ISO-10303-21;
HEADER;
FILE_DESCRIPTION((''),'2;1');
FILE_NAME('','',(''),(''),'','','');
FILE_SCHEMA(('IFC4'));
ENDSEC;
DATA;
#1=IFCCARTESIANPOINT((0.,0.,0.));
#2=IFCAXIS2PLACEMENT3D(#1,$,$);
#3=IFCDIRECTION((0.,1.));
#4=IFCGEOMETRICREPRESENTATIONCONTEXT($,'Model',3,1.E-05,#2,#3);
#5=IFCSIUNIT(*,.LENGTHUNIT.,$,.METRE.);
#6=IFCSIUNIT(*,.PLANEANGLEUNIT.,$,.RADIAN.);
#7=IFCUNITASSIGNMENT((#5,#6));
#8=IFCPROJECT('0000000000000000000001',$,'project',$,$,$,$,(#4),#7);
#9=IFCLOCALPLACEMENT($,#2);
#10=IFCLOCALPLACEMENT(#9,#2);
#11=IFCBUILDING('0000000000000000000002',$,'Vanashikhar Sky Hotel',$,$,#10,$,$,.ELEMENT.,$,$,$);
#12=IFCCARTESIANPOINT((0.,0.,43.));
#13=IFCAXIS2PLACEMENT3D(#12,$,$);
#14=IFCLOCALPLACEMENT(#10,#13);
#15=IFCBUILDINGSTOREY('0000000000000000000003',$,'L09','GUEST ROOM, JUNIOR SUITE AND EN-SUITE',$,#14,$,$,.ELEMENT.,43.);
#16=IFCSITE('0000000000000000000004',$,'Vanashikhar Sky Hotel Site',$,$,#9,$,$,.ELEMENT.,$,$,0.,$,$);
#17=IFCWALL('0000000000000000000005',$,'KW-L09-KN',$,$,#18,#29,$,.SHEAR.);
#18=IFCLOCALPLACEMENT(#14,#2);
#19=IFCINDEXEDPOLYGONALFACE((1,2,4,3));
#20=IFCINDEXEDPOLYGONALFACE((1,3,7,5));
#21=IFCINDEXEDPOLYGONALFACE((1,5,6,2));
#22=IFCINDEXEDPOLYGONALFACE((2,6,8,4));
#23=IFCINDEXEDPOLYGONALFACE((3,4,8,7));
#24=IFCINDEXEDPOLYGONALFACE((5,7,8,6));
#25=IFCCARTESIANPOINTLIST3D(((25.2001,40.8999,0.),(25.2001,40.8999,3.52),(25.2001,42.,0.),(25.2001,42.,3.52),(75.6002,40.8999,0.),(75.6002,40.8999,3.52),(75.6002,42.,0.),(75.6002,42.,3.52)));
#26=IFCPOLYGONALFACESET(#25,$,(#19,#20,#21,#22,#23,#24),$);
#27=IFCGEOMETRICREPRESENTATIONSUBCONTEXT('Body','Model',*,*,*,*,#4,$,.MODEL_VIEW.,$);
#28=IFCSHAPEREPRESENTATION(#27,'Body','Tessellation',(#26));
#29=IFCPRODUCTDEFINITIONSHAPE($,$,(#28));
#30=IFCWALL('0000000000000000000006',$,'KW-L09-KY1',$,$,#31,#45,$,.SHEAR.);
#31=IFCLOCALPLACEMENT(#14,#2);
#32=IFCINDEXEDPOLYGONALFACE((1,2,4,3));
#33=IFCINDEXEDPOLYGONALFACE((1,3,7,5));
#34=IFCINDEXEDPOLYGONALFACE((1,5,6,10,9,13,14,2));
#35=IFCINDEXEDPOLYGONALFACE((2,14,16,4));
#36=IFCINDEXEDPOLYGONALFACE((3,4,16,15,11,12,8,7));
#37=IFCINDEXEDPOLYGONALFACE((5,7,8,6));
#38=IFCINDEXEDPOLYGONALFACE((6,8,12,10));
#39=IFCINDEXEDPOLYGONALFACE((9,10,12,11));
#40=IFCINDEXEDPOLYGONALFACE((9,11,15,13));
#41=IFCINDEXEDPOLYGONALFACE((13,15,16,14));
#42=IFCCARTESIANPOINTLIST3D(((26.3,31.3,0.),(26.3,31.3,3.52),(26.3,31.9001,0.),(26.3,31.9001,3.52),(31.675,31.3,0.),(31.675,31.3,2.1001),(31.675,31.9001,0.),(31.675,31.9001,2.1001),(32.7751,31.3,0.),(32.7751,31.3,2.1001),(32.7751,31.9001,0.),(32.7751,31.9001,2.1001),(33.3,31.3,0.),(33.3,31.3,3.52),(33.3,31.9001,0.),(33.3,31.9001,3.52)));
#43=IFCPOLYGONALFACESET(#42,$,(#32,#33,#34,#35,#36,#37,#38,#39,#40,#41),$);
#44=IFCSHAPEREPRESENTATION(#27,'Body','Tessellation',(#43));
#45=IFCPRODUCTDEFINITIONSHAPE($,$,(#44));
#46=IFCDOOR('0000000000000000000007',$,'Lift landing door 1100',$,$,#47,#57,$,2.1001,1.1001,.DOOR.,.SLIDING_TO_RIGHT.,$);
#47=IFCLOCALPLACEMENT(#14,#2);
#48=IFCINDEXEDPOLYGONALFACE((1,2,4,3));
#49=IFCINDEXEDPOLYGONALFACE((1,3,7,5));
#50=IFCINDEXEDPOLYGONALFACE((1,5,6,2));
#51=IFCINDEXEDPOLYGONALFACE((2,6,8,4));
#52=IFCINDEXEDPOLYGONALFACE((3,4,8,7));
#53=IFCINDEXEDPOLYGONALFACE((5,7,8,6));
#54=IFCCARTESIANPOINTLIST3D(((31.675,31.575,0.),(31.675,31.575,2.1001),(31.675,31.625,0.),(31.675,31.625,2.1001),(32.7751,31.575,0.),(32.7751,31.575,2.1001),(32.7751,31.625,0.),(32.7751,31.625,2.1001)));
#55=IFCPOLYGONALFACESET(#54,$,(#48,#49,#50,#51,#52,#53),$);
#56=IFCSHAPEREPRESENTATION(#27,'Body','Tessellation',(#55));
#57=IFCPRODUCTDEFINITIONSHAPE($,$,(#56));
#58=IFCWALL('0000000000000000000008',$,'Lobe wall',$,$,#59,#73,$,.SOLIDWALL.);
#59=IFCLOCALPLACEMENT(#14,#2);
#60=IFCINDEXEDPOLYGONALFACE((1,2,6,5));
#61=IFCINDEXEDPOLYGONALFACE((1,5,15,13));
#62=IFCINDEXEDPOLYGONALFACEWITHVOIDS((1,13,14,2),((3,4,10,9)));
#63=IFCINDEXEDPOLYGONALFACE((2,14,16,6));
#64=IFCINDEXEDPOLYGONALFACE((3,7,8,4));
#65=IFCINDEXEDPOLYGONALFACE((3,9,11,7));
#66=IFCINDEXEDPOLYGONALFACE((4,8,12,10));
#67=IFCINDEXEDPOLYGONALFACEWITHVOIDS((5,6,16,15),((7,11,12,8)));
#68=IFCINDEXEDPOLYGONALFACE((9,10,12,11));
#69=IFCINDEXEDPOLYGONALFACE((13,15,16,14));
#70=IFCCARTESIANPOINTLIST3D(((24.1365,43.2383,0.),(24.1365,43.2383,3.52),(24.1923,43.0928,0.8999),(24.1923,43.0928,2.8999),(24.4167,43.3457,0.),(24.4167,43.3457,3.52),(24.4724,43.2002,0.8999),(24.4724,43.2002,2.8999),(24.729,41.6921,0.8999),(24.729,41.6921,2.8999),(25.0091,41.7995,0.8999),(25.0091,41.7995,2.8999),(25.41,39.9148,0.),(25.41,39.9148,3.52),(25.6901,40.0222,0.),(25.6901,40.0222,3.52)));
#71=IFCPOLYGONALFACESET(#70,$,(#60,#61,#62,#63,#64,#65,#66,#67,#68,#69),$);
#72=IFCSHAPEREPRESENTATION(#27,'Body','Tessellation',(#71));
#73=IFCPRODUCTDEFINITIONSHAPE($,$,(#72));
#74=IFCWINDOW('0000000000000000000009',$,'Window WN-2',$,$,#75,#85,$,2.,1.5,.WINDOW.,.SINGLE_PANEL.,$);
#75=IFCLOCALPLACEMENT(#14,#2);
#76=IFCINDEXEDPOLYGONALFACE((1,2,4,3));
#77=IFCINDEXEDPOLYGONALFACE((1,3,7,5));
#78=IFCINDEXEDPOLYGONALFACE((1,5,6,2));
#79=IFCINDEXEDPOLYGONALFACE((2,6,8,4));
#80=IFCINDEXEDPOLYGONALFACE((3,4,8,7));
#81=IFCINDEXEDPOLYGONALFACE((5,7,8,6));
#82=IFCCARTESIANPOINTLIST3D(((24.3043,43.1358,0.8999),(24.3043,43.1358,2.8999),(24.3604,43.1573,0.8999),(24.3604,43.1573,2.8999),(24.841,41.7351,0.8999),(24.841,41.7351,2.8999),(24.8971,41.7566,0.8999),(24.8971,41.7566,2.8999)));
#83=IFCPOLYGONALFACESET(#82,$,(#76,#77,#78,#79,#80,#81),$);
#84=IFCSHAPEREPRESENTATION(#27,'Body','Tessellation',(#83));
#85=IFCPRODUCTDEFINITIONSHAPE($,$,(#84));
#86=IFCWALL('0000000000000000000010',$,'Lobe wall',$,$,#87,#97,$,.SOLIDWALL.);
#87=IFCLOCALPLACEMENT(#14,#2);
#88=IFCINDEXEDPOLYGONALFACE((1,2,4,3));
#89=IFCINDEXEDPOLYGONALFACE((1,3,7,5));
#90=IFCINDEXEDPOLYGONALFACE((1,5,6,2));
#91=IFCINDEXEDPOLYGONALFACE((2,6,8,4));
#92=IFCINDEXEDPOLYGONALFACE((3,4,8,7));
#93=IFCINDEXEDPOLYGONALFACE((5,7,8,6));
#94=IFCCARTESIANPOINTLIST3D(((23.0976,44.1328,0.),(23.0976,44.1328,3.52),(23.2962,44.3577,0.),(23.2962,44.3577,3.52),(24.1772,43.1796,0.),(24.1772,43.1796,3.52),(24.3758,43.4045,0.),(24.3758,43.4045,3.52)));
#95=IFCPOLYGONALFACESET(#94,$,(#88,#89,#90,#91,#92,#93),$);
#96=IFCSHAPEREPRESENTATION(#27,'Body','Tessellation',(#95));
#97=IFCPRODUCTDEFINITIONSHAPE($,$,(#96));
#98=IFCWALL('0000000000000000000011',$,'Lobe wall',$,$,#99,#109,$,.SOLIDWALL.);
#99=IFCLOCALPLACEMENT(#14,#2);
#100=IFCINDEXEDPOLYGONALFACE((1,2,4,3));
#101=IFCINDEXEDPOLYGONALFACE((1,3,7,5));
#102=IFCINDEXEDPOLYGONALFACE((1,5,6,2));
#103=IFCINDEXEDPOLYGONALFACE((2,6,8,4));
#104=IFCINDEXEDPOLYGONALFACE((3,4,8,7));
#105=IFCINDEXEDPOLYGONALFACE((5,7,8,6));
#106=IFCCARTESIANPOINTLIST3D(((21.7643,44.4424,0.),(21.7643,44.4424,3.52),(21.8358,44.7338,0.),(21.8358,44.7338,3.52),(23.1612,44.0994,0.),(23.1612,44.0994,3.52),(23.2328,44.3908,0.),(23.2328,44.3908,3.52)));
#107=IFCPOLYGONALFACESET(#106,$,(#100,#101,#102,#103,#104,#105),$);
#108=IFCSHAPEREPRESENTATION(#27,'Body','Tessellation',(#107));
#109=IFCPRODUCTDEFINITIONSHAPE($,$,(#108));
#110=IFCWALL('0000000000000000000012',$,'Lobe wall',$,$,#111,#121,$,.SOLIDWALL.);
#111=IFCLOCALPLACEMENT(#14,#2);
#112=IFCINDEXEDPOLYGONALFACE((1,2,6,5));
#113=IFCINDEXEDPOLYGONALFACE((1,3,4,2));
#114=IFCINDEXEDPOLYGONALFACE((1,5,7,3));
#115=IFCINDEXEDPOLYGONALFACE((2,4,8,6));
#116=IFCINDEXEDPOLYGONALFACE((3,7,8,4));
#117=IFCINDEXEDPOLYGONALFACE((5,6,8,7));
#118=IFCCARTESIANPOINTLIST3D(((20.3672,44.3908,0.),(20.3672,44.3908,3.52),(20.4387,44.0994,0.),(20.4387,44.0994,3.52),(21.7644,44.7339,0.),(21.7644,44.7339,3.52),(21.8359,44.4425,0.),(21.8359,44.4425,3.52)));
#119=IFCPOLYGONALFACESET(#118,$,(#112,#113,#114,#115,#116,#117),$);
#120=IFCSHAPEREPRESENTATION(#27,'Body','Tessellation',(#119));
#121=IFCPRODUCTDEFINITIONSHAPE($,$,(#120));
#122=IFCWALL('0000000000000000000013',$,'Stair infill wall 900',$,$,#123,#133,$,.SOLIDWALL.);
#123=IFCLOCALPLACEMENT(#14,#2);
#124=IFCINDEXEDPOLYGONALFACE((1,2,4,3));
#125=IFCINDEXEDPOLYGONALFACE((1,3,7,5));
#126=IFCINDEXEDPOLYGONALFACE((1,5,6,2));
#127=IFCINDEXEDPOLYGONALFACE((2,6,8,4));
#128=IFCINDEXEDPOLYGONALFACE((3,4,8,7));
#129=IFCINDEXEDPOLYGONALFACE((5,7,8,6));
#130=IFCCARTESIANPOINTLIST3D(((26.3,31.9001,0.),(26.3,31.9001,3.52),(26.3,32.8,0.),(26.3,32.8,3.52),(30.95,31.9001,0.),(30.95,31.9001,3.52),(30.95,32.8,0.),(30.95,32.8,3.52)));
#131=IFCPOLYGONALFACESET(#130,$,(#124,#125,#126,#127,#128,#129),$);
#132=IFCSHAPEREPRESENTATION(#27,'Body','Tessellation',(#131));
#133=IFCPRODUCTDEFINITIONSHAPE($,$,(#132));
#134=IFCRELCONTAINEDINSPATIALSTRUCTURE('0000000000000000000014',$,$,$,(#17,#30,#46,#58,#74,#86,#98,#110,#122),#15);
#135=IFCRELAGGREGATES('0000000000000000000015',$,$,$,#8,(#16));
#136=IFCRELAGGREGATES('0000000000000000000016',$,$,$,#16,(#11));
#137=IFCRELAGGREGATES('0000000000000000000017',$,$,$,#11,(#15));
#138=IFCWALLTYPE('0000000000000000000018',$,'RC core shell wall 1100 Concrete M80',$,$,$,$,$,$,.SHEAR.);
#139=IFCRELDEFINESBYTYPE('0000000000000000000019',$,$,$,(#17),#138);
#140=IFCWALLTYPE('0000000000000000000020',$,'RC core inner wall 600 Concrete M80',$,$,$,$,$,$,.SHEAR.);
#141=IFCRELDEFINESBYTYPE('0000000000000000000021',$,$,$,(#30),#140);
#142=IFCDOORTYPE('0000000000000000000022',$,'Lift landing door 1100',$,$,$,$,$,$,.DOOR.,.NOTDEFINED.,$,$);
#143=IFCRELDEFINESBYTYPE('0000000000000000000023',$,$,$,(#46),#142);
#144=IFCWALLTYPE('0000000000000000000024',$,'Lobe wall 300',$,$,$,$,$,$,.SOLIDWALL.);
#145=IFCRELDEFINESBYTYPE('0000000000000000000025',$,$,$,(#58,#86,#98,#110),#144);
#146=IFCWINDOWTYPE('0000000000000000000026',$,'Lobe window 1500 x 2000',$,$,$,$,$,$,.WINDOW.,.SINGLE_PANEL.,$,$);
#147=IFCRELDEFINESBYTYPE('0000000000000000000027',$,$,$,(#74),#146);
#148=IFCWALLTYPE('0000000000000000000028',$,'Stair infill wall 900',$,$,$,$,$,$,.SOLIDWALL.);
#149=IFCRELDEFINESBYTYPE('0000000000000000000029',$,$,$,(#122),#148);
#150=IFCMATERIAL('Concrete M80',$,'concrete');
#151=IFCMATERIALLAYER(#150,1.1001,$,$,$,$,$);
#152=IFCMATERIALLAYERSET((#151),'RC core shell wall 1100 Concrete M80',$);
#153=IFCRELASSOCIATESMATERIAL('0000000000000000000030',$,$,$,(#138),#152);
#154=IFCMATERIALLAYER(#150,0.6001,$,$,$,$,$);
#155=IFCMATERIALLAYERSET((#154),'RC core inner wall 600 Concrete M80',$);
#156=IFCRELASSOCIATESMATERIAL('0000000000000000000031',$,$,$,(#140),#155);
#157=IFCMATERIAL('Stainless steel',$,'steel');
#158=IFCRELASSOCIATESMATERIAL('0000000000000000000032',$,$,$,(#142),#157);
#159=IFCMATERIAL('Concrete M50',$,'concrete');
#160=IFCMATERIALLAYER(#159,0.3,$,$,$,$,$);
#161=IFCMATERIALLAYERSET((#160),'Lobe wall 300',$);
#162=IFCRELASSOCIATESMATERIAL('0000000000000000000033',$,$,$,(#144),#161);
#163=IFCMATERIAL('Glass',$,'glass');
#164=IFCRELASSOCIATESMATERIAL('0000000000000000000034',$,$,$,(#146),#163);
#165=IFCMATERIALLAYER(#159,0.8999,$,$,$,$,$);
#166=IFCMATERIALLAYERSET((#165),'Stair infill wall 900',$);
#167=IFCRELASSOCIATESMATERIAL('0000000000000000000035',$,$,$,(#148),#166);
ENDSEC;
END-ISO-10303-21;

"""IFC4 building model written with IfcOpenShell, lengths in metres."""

from ifc_helpers import new_model, si_unit, direction, frame, frame_2d, origin, place, context, subcontext, project, spatial, rectangle, extrude, source, transform, mapped, material, layer, layer_set, type_object, element, fill, save


model = new_model("IFC4")

# Units and contexts
model_context = context("Model", 3, precision=1e-05, world=origin(), true_north=direction((0.0, 1.0)))
body_context = subcontext(model_context, "Body", "Model", "MODEL_VIEW")
ifc_project = project(units=[si_unit("LENGTHUNIT", "METRE"), si_unit("PLANEANGLEUNIT", "RADIAN")], contexts=[model_context])

# Site, building, storey
site_placement = place(None, origin())
site = spatial("IfcSite", under=ifc_project, at=site_placement, Name="Vanashikhar Sky Hotel Site", CompositionType="ELEMENT", RefElevation=0.0)
building_placement = place(site_placement, origin())
building = spatial("IfcBuilding", under=site, at=building_placement, Name="Vanashikhar Sky Hotel", CompositionType="ELEMENT")
storey_placement = place(building_placement, frame((0.0, 0.0, 43.0)))
storey = spatial("IfcBuildingStorey", under=building, at=storey_placement, Name="L09", Description="GUEST ROOM, JUNIOR SUITE AND EN-SUITE", CompositionType="ELEMENT", Elevation=43.0)

# Wall
ifc_material_1 = material(Name="Concrete M80", Category="concrete")
ifc_layer_1 = layer(ifc_material_1, 1.1001)
ifc_layer_set_1 = layer_set([ifc_layer_1], Name="RC core shell wall 1100 Concrete M80")
wall_type_1 = type_object("IfcWallType", Name="RC core shell wall 1100 Concrete M80", PredefinedType="SHEAR", material=ifc_layer_set_1)
shared_shape_1 = source(origin(), body_context, "Body", "SweptSolid", [
    extrude(rectangle(XDim=50.4001, YDim=1.1001, at=frame_2d((25.2002, 0.0))), origin(), (0.0, 0.0, 1.0), 3.52),
])
wall_1_placement = place(storey_placement, frame((25.2, 41.45, 0.0), z_axis=(0.0, 0.0, 1.0), x_axis=(1.0, 0.0, 0.0)))
element("IfcWall", 1, at=wall_1_placement, inside=storey, type_object=wall_type_1, Name="KW-L09-KN", PredefinedType="SHEAR", context=body_context, shape_type="MappedRepresentation", body=[
    mapped(shared_shape_1, transform((0.0, 0.0, 0.0), scale=1.0)),
])

# Wall, opening, door
ifc_layer_2 = layer(ifc_material_1, 0.6001)
ifc_layer_set_2 = layer_set([ifc_layer_2], Name="RC core inner wall 600 Concrete M80")
wall_type_2 = type_object("IfcWallType", Name="RC core inner wall 600 Concrete M80", PredefinedType="SHEAR", material=ifc_layer_set_2)
shared_shape_2 = source(origin(), body_context, "Body", "SweptSolid", [
    extrude(rectangle(XDim=7.0, YDim=0.6001, at=frame_2d((3.5, 0.0))), origin(), (0.0, 0.0, 1.0), 3.52),
])
wall_2_placement = place(storey_placement, frame((26.3, 31.6001, 0.0), z_axis=(0.0, 0.0, 1.0), x_axis=(1.0, 0.0, 0.0)))
wall_2 = element("IfcWall", 2, at=wall_2_placement, inside=storey, type_object=wall_type_2, Name="KW-L09-KY1", PredefinedType="SHEAR", context=body_context, shape_type="MappedRepresentation", body=[
    mapped(shared_shape_2, transform((0.0, 0.0, 0.0), scale=1.0)),
])
shared_shape_3 = source(origin(), body_context, "Body", "SweptSolid", [
    extrude(rectangle(XDim=1.1001, YDim=2.1001, at=frame_2d((0.55, 1.05))), frame((0.0, 0.3101, 0.0), z_axis=(0.0, -1.0, 0.0), x_axis=(1.0, 0.0, 0.0)), (0.0, 0.0, 1.0), 0.6201),
])
opening_1_placement = place(wall_2_placement, frame((5.375, 0.0, 0.0)))
opening_1 = element("IfcOpeningElement", 3, at=opening_1_placement, cuts=wall_2, PredefinedType="OPENING", context=body_context, shape_type="MappedRepresentation", body=[
    mapped(shared_shape_3, transform((0.0, 0.0, 0.0), scale=1.0)),
])
ifc_material_2 = material(Name="Stainless steel", Category="steel")
door_type = type_object("IfcDoorType", Name="Lift landing door 1100", OperationType="NOTDEFINED", PredefinedType="DOOR", material=ifc_material_2)
shared_shape_4 = source(origin(), body_context, "Body", "SweptSolid", [
    extrude(rectangle(XDim=1.1001, YDim=2.1001, at=frame_2d((0.55, 1.05))), frame((0.0, 0.0249, 0.0), z_axis=(0.0, -1.0, 0.0), x_axis=(1.0, 0.0, 0.0)), (0.0, 0.0, 1.0), 0.05),
])
door_placement = place(opening_1_placement, origin())
door = element("IfcDoor", 4, at=door_placement, inside=storey, type_object=door_type, Name="Lift landing door 1100", OperationType="SLIDING_TO_RIGHT", OverallHeight=2.1001, OverallWidth=1.1001, PredefinedType="DOOR", context=body_context, shape_type="MappedRepresentation", body=[
    mapped(shared_shape_4, transform((0.0, 0.0, 0.0), scale=1.0)),
])
fill(opening_1, door)

# Wall, opening, window
ifc_material_3 = material(Name="Concrete M50", Category="concrete")
ifc_layer_3 = layer(ifc_material_3, 0.3)
ifc_layer_set_3 = layer_set([ifc_layer_3], Name="Lobe wall 300")
wall_type_3 = type_object("IfcWallType", Name="Lobe wall 300", PredefinedType="SOLIDWALL", material=ifc_layer_set_3)
shared_shape_5 = source(origin(), body_context, "Body", "SweptSolid", [
    extrude(rectangle(XDim=3.5591, YDim=0.3, at=frame_2d((1.7795, 0.0))), origin(), (0.0, 0.0, 1.0), 3.52),
])
wall_3_placement = place(storey_placement, frame((25.55, 39.9685, 0.0), z_axis=(0.0, 0.0, 1.0), x_axis=(-0.357797, 0.933799, 0.0)))
wall_3 = element("IfcWall", 5, at=wall_3_placement, inside=storey, type_object=wall_type_3, Name="Lobe wall", PredefinedType="SOLIDWALL", context=body_context, shape_type="MappedRepresentation", body=[
    mapped(shared_shape_5, transform((0.0, 0.0, 0.0), scale=1.0)),
])
shared_shape_6 = source(origin(), body_context, "Body", "SweptSolid", [
    extrude(rectangle(XDim=1.5, YDim=2.0, at=frame_2d((0.75, 1.0))), frame((0.0, 0.1602, 0.0), z_axis=(0.0, -1.0, 0.0), x_axis=(1.0, 0.0, 0.0)), (0.0, 0.0, 1.0), 0.3201),
])
opening_2_placement = place(wall_3_placement, frame((1.9033, 0.0, 0.8999)))
opening_2 = element("IfcOpeningElement", 6, at=opening_2_placement, cuts=wall_3, PredefinedType="OPENING", context=body_context, shape_type="MappedRepresentation", body=[
    mapped(shared_shape_6, transform((0.0, 0.0, 0.0), scale=1.0)),
])
ifc_material_4 = material(Name="Glass", Category="glass")
window_type = type_object("IfcWindowType", Name="Lobe window 1500 x 2000", PartitioningType="SINGLE_PANEL", PredefinedType="WINDOW", material=ifc_material_4)
shared_shape_7 = source(origin(), body_context, "Body", "SweptSolid", [
    extrude(rectangle(XDim=1.5, YDim=2.0, at=frame_2d((0.75, 1.0))), frame((0.0, 0.03, 0.0), z_axis=(0.0, -1.0, 0.0), x_axis=(1.0, 0.0, 0.0)), (0.0, 0.0, 1.0), 0.0601),
])
window_placement = place(opening_2_placement, origin())
window = element("IfcWindow", 7, at=window_placement, inside=storey, type_object=window_type, Name="Window WN-2", OverallHeight=2.0, OverallWidth=1.5, PartitioningType="SINGLE_PANEL", PredefinedType="WINDOW", context=body_context, shape_type="MappedRepresentation", body=[
    mapped(shared_shape_7, transform((0.0, 0.0, 0.0), scale=1.0)),
])
fill(opening_2, window)

# Walls
shared_shape_8 = source(origin(), body_context, "Body", "SweptSolid", [
    extrude(rectangle(XDim=1.4402, YDim=0.3, at=frame_2d((0.7202, 0.0))), origin(), (0.0, 0.0, 1.0), 3.52),
])
wall_4_placement = place(storey_placement, frame((24.2766, 43.292, 0.0), z_axis=(0.0, 0.0, 1.0), x_axis=(-0.74965, 0.661835, 0.0)))
element("IfcWall", 8, at=wall_4_placement, inside=storey, type_object=wall_type_3, Name="Lobe wall", PredefinedType="SOLIDWALL", context=body_context, shape_type="MappedRepresentation", body=[
    mapped(shared_shape_8, transform((0.0, 0.0, 0.0), scale=1.0)),
])
shared_shape_9 = source(origin(), body_context, "Body", "SweptSolid", [
    extrude(rectangle(XDim=1.4385, YDim=0.3, at=frame_2d((0.7192, 0.0))), origin(), (0.0, 0.0, 1.0), 3.52),
])
wall_5_placement = place(storey_placement, frame((23.197, 44.2451, 0.0), z_axis=(0.0, 0.0, 1.0), x_axis=(-0.971152, 0.23846, 0.0)))
element("IfcWall", 9, at=wall_5_placement, inside=storey, type_object=wall_type_3, Name="Lobe wall", PredefinedType="SOLIDWALL", context=body_context, shape_type="MappedRepresentation", body=[
    mapped(shared_shape_9, transform((0.0, 0.0, 0.0), scale=1.0)),
])
shared_shape_10 = source(origin(), body_context, "Body", "SweptSolid", [
    extrude(rectangle(XDim=1.4387, YDim=0.3, at=frame_2d((0.7192, 0.0))), origin(), (0.0, 0.0, 1.0), 3.52),
])
wall_6_placement = place(storey_placement, frame((21.8, 44.5881, 0.0), z_axis=(0.0, 0.0, 1.0), x_axis=(-0.971162, -0.238421, 0.0)))
element("IfcWall", 10, at=wall_6_placement, inside=storey, type_object=wall_type_3, Name="Lobe wall", PredefinedType="SOLIDWALL", context=body_context, shape_type="MappedRepresentation", body=[
    mapped(shared_shape_10, transform((0.0, 0.0, 0.0), scale=1.0)),
])
ifc_layer_4 = layer(ifc_material_3, 0.8999)
ifc_layer_set_4 = layer_set([ifc_layer_4], Name="Stair infill wall 900")
wall_type_4 = type_object("IfcWallType", Name="Stair infill wall 900", PredefinedType="SOLIDWALL", material=ifc_layer_set_4)
shared_shape_11 = source(origin(), body_context, "Body", "SweptSolid", [
    extrude(rectangle(XDim=4.6499, YDim=0.8999, at=frame_2d((2.325, 0.0))), origin(), (0.0, 0.0, 1.0), 3.52),
])
wall_7_placement = place(storey_placement, frame((26.3, 32.3501, 0.0), z_axis=(0.0, 0.0, 1.0), x_axis=(1.0, 0.0, 0.0)))
element("IfcWall", 11, at=wall_7_placement, inside=storey, type_object=wall_type_4, Name="Stair infill wall 900", PredefinedType="SOLIDWALL", context=body_context, shape_type="MappedRepresentation", body=[
    mapped(shared_shape_11, transform((0.0, 0.0, 0.0), scale=1.0)),
])

save(model, "model.ifc")
